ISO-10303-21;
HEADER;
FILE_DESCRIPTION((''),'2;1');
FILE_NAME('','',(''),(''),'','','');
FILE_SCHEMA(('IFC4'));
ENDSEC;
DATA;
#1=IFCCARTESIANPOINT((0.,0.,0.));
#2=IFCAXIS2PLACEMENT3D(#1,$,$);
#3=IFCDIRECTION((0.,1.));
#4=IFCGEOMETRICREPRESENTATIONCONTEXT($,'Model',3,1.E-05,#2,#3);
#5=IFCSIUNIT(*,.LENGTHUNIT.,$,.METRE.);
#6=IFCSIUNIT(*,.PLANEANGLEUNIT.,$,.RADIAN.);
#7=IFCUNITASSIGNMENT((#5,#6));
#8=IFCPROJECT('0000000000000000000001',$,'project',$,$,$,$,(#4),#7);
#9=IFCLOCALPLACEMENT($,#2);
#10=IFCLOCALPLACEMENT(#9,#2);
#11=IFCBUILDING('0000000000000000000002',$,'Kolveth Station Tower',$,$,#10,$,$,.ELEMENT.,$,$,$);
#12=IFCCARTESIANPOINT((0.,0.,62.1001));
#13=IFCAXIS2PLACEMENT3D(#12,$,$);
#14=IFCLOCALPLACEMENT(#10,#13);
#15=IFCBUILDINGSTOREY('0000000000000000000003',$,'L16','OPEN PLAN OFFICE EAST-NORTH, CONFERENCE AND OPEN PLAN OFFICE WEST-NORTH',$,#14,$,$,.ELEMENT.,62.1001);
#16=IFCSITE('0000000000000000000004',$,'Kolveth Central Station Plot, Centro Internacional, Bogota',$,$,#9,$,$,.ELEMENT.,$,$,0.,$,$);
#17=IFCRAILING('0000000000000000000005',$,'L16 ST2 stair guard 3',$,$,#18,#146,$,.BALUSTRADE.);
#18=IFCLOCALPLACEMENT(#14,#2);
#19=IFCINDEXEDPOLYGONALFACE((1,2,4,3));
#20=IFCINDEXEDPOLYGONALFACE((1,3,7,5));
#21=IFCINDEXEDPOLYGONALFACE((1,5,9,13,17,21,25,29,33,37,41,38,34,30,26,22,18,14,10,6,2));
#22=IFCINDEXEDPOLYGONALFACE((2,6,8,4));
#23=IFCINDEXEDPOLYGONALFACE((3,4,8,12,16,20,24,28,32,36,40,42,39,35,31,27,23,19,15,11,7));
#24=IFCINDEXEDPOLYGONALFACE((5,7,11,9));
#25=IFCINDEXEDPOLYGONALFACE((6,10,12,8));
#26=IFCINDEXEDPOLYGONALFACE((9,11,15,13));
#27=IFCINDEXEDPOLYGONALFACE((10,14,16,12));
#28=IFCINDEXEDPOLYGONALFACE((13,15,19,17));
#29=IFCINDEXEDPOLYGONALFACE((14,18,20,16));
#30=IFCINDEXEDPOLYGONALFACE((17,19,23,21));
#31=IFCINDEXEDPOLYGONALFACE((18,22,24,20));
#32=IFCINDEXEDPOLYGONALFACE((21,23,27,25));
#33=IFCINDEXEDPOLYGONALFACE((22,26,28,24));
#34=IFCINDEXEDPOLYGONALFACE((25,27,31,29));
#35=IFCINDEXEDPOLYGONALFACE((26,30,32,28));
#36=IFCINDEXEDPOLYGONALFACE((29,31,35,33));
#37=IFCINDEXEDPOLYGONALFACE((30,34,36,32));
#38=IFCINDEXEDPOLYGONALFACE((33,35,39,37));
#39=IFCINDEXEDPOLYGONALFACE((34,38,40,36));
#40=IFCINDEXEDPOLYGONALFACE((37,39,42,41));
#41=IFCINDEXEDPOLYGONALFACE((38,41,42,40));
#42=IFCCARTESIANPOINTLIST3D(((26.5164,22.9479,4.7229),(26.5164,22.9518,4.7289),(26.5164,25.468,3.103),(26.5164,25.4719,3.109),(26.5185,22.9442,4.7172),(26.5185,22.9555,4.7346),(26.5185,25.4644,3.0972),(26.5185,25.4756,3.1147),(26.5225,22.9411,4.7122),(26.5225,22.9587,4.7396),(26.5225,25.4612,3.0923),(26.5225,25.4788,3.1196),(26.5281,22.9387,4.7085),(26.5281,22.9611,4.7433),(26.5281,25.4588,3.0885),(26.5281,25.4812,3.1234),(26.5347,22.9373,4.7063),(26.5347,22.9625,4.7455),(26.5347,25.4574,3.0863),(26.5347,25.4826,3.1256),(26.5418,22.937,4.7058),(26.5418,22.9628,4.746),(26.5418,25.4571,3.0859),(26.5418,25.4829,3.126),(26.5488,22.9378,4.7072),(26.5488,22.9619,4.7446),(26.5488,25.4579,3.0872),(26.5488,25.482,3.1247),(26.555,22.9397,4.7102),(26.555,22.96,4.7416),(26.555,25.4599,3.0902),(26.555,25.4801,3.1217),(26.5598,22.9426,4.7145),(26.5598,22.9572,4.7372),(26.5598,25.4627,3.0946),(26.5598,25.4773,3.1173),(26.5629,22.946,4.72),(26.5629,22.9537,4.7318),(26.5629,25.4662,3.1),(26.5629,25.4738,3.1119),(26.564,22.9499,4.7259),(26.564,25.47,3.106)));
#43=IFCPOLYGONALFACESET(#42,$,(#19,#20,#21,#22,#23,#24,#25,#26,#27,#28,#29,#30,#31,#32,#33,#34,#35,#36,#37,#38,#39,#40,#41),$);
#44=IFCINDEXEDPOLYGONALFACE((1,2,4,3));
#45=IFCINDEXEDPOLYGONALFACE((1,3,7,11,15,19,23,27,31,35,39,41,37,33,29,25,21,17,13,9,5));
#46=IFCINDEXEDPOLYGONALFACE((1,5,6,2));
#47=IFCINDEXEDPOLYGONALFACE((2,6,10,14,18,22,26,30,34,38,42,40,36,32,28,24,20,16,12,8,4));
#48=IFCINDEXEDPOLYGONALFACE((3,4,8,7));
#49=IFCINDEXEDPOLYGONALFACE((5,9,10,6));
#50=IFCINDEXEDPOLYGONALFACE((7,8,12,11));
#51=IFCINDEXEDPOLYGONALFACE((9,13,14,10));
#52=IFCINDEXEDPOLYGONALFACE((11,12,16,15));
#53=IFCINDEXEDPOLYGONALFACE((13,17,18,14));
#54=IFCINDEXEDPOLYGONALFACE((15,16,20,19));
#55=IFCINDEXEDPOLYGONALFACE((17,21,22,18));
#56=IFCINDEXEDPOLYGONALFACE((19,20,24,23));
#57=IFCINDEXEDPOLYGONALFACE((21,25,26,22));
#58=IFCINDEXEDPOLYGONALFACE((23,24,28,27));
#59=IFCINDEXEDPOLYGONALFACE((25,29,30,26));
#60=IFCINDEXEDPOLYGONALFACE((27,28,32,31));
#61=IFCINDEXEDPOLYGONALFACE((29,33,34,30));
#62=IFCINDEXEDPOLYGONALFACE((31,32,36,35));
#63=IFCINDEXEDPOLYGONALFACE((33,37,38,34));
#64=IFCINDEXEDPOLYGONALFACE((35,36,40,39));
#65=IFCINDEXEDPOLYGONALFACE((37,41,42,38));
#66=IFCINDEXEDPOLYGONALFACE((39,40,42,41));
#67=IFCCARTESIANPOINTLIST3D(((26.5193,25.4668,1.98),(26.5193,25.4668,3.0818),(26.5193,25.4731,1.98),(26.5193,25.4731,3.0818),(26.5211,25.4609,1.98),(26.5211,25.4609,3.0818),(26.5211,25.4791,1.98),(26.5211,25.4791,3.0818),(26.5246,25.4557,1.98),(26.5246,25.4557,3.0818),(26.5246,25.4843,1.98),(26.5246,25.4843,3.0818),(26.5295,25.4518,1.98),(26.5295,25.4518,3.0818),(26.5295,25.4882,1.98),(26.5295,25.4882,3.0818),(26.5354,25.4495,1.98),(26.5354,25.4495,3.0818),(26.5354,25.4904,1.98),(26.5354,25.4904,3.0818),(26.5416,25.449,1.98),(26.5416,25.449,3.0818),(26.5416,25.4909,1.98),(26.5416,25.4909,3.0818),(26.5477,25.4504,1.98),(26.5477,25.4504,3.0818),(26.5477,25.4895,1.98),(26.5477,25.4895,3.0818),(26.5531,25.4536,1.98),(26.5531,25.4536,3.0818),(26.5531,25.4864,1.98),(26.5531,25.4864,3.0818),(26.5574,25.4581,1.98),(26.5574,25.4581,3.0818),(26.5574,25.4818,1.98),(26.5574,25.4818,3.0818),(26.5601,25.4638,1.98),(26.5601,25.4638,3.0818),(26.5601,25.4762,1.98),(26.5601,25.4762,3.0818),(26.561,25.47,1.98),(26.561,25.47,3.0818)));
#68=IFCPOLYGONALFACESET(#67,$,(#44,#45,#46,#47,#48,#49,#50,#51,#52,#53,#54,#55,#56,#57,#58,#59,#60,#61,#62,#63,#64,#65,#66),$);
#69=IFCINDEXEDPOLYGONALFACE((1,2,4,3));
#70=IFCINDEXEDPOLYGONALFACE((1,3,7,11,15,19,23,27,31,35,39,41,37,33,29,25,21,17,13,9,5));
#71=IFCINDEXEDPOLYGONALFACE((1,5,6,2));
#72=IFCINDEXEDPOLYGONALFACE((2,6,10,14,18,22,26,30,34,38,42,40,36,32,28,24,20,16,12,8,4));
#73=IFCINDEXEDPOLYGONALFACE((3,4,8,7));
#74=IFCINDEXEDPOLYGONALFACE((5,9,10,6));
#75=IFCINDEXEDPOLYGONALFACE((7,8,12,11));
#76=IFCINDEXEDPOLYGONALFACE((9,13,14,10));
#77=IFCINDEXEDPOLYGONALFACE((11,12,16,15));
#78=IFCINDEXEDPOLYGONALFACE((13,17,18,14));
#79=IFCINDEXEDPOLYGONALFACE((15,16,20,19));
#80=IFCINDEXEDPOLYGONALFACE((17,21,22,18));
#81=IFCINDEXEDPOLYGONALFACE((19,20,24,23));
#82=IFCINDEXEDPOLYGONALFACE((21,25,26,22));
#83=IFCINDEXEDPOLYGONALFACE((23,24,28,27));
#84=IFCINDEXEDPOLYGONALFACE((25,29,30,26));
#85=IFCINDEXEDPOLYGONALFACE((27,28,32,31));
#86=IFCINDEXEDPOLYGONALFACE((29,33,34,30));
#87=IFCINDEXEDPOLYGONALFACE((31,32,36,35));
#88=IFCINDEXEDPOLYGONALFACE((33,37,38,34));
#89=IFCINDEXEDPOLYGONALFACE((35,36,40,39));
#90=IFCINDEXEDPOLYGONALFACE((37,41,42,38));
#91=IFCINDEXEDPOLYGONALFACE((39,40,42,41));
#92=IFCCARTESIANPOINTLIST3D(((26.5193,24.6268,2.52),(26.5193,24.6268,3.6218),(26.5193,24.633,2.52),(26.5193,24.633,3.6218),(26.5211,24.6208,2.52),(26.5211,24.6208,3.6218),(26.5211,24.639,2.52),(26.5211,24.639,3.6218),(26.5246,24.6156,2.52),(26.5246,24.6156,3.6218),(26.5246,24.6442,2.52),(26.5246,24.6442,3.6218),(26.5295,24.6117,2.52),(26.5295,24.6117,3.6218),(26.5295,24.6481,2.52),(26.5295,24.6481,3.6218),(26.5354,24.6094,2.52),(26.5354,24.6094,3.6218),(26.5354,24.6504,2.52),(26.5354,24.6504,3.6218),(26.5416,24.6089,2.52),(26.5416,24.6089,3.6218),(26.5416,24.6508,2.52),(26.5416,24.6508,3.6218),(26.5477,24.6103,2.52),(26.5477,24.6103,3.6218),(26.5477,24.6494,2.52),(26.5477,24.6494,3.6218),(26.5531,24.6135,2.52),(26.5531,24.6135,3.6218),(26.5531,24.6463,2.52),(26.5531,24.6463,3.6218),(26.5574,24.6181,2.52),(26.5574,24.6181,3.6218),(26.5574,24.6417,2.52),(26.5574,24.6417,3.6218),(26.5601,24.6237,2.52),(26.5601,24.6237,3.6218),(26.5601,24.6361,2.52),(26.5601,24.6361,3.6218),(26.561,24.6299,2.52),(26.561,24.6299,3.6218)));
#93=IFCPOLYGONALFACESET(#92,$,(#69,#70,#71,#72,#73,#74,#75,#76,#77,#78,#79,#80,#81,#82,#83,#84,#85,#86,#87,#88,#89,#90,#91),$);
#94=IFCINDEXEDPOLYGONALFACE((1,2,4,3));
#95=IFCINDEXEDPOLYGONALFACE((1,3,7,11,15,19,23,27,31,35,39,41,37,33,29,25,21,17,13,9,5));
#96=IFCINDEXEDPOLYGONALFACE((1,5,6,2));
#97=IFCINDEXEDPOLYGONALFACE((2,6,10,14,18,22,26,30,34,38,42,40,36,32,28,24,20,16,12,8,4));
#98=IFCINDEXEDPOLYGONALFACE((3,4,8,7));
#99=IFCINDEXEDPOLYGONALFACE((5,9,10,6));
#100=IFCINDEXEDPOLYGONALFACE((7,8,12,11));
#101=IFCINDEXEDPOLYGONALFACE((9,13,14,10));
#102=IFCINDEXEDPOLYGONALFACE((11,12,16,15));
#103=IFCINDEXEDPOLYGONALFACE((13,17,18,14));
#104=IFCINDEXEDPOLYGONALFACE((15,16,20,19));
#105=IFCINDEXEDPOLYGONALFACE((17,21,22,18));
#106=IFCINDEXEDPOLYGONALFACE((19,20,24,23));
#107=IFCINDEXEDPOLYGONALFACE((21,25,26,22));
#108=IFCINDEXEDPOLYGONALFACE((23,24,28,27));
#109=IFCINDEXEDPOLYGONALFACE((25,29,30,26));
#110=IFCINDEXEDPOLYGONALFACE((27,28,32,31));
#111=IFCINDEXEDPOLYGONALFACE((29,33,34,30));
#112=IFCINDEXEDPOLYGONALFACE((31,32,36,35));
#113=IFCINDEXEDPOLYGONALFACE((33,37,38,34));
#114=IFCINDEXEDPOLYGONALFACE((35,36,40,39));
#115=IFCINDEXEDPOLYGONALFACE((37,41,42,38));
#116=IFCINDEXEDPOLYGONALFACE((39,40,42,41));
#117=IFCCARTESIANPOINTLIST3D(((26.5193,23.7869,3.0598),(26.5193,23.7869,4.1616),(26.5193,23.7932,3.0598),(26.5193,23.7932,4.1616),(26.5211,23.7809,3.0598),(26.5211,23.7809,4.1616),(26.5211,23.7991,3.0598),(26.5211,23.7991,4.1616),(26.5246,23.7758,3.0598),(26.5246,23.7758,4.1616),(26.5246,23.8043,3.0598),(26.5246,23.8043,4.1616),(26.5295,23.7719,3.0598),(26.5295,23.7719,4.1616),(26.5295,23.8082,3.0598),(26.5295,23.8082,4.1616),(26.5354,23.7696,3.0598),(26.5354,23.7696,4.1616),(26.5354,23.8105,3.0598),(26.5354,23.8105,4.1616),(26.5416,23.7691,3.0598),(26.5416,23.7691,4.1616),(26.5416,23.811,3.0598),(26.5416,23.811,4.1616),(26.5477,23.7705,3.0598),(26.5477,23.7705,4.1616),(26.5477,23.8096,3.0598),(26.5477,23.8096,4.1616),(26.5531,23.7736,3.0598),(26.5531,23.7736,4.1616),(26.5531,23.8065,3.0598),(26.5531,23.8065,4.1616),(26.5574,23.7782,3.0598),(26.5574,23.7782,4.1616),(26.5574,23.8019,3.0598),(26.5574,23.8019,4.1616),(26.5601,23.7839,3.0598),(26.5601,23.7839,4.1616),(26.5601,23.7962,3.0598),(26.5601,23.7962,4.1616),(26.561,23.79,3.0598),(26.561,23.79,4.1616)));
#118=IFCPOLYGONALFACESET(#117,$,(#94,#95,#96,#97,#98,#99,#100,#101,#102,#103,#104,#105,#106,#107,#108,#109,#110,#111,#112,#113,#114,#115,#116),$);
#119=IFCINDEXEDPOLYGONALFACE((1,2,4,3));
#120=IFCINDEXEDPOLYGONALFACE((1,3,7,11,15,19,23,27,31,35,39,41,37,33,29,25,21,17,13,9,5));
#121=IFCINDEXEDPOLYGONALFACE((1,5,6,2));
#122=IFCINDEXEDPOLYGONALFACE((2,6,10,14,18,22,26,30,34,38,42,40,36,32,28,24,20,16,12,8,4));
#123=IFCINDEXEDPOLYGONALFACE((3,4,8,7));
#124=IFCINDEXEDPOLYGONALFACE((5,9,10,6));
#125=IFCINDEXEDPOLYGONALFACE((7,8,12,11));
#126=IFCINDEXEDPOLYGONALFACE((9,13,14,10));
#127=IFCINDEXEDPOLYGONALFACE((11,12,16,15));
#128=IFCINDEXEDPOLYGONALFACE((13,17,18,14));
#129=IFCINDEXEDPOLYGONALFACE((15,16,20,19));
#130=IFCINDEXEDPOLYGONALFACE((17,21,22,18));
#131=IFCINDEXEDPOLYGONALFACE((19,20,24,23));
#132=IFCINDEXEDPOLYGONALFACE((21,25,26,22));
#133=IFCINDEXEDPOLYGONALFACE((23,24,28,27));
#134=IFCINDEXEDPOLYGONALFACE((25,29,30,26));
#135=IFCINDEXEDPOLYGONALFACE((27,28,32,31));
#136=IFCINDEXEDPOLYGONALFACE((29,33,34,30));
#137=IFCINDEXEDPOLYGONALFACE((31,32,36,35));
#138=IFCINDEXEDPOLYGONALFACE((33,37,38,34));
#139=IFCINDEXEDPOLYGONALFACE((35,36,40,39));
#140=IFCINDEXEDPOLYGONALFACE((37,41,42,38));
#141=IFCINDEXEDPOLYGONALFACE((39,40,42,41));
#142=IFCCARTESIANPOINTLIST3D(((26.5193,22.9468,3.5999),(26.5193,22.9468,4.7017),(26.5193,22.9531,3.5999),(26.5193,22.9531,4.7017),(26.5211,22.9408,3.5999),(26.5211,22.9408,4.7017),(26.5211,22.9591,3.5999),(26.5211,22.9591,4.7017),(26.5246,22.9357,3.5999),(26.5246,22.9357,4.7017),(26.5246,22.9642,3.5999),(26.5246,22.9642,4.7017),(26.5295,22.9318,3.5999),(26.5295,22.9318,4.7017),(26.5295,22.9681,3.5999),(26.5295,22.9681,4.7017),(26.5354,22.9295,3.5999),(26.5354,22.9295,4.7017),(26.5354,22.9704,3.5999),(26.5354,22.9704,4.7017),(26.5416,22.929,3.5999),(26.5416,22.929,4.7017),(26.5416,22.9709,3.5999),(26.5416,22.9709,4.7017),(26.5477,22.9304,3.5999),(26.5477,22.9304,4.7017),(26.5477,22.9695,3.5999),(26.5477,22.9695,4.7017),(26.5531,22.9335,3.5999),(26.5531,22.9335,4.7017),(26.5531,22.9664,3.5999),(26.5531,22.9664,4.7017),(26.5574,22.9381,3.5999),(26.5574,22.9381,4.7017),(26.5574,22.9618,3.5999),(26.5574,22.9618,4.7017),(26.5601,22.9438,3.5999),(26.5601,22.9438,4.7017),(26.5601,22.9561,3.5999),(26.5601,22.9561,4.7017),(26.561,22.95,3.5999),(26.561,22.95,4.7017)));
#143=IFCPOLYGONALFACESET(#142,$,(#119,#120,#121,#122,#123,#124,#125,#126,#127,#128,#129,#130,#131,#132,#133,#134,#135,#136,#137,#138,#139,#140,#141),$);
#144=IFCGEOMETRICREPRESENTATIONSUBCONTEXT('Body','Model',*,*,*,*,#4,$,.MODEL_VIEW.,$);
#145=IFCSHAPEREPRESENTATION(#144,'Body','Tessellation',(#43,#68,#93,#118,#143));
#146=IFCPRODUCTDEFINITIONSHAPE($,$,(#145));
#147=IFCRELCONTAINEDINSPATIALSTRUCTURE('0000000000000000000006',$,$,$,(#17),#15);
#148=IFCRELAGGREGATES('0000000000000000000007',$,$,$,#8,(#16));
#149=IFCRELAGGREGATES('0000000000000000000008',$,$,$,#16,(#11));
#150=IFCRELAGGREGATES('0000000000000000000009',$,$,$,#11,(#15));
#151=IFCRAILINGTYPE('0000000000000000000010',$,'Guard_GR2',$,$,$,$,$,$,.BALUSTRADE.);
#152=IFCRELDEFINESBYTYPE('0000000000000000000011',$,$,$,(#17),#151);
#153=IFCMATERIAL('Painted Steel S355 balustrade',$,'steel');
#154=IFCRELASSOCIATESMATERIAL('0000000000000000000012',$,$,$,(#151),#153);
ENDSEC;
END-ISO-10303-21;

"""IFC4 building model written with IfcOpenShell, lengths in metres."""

from ifc_helpers import new_model, si_unit, direction, frame, origin, origin_2d, place, context, subcontext, project, spatial, circle, extrude, material, type_object, element, save


model = new_model("IFC4")

# Units and contexts
model_context = context("Model", 3, precision=1e-05, world=origin(), true_north=direction((0.0, 1.0)))
body_context = subcontext(model_context, "Body", "Model", "MODEL_VIEW")
ifc_project = project(units=[si_unit("LENGTHUNIT", "METRE"), si_unit("PLANEANGLEUNIT", "RADIAN")], contexts=[model_context])

# Site, building, storey
site_placement = place(None, origin())
site = spatial("IfcSite", under=ifc_project, at=site_placement, Name="Kolveth Central Station Plot, Centro Internacional, Bogota", CompositionType="ELEMENT", RefElevation=0.0)
building_placement = place(site_placement, origin())
building = spatial("IfcBuilding", under=site, at=building_placement, Name="Kolveth Station Tower", CompositionType="ELEMENT")
storey_placement = place(building_placement, frame((0.0, 0.0, 62.1001)))
storey = spatial("IfcBuildingStorey", under=building, at=storey_placement, Name="L16", Description="OPEN PLAN OFFICE EAST-NORTH, CONFERENCE AND OPEN PLAN OFFICE WEST-NORTH", CompositionType="ELEMENT", Elevation=62.1001)

# Railing
ifc_material_1 = material(Name="Painted Steel S355 balustrade", Category="steel")
railing_type_1 = type_object("IfcRailingType", Name="Guard_GR2", PredefinedType="BALUSTRADE", material=ifc_material_1)
railing_1_placement = place(storey_placement, frame((26.54, 25.47, 1.98)))
element("IfcRailing", 1, at=railing_1_placement, inside=storey, type_object=railing_type_1, Name="L16 ST2 stair guard 3", PredefinedType="BALUSTRADE", context=body_context, shape_type="SweptSolid", body=[
    extrude(circle(Radius=0.0239, at=origin_2d()), frame((0.0, 0.0, 1.126), z_axis=(0.0, -0.8412, 0.540725), x_axis=(1.0, 0.0, 0.0)), (0.0, 0.0, 1.0), 2.9958),
    extrude(circle(Radius=0.021, at=origin_2d()), origin(), (0.0, 0.0, 1.0), 1.1018),
    extrude(circle(Radius=0.021, at=origin_2d()), frame((0.0, -0.8401, 0.54)), (0.0, 0.0, 1.0), 1.1018),
    extrude(circle(Radius=0.021, at=origin_2d()), frame((0.0, -1.6799, 1.0798)), (0.0, 0.0, 1.0), 1.1018),
    extrude(circle(Radius=0.021, at=origin_2d()), frame((0.0, -2.52, 1.6199)), (0.0, 0.0, 1.0), 1.1018),
])

save(model, "model.ifc")
